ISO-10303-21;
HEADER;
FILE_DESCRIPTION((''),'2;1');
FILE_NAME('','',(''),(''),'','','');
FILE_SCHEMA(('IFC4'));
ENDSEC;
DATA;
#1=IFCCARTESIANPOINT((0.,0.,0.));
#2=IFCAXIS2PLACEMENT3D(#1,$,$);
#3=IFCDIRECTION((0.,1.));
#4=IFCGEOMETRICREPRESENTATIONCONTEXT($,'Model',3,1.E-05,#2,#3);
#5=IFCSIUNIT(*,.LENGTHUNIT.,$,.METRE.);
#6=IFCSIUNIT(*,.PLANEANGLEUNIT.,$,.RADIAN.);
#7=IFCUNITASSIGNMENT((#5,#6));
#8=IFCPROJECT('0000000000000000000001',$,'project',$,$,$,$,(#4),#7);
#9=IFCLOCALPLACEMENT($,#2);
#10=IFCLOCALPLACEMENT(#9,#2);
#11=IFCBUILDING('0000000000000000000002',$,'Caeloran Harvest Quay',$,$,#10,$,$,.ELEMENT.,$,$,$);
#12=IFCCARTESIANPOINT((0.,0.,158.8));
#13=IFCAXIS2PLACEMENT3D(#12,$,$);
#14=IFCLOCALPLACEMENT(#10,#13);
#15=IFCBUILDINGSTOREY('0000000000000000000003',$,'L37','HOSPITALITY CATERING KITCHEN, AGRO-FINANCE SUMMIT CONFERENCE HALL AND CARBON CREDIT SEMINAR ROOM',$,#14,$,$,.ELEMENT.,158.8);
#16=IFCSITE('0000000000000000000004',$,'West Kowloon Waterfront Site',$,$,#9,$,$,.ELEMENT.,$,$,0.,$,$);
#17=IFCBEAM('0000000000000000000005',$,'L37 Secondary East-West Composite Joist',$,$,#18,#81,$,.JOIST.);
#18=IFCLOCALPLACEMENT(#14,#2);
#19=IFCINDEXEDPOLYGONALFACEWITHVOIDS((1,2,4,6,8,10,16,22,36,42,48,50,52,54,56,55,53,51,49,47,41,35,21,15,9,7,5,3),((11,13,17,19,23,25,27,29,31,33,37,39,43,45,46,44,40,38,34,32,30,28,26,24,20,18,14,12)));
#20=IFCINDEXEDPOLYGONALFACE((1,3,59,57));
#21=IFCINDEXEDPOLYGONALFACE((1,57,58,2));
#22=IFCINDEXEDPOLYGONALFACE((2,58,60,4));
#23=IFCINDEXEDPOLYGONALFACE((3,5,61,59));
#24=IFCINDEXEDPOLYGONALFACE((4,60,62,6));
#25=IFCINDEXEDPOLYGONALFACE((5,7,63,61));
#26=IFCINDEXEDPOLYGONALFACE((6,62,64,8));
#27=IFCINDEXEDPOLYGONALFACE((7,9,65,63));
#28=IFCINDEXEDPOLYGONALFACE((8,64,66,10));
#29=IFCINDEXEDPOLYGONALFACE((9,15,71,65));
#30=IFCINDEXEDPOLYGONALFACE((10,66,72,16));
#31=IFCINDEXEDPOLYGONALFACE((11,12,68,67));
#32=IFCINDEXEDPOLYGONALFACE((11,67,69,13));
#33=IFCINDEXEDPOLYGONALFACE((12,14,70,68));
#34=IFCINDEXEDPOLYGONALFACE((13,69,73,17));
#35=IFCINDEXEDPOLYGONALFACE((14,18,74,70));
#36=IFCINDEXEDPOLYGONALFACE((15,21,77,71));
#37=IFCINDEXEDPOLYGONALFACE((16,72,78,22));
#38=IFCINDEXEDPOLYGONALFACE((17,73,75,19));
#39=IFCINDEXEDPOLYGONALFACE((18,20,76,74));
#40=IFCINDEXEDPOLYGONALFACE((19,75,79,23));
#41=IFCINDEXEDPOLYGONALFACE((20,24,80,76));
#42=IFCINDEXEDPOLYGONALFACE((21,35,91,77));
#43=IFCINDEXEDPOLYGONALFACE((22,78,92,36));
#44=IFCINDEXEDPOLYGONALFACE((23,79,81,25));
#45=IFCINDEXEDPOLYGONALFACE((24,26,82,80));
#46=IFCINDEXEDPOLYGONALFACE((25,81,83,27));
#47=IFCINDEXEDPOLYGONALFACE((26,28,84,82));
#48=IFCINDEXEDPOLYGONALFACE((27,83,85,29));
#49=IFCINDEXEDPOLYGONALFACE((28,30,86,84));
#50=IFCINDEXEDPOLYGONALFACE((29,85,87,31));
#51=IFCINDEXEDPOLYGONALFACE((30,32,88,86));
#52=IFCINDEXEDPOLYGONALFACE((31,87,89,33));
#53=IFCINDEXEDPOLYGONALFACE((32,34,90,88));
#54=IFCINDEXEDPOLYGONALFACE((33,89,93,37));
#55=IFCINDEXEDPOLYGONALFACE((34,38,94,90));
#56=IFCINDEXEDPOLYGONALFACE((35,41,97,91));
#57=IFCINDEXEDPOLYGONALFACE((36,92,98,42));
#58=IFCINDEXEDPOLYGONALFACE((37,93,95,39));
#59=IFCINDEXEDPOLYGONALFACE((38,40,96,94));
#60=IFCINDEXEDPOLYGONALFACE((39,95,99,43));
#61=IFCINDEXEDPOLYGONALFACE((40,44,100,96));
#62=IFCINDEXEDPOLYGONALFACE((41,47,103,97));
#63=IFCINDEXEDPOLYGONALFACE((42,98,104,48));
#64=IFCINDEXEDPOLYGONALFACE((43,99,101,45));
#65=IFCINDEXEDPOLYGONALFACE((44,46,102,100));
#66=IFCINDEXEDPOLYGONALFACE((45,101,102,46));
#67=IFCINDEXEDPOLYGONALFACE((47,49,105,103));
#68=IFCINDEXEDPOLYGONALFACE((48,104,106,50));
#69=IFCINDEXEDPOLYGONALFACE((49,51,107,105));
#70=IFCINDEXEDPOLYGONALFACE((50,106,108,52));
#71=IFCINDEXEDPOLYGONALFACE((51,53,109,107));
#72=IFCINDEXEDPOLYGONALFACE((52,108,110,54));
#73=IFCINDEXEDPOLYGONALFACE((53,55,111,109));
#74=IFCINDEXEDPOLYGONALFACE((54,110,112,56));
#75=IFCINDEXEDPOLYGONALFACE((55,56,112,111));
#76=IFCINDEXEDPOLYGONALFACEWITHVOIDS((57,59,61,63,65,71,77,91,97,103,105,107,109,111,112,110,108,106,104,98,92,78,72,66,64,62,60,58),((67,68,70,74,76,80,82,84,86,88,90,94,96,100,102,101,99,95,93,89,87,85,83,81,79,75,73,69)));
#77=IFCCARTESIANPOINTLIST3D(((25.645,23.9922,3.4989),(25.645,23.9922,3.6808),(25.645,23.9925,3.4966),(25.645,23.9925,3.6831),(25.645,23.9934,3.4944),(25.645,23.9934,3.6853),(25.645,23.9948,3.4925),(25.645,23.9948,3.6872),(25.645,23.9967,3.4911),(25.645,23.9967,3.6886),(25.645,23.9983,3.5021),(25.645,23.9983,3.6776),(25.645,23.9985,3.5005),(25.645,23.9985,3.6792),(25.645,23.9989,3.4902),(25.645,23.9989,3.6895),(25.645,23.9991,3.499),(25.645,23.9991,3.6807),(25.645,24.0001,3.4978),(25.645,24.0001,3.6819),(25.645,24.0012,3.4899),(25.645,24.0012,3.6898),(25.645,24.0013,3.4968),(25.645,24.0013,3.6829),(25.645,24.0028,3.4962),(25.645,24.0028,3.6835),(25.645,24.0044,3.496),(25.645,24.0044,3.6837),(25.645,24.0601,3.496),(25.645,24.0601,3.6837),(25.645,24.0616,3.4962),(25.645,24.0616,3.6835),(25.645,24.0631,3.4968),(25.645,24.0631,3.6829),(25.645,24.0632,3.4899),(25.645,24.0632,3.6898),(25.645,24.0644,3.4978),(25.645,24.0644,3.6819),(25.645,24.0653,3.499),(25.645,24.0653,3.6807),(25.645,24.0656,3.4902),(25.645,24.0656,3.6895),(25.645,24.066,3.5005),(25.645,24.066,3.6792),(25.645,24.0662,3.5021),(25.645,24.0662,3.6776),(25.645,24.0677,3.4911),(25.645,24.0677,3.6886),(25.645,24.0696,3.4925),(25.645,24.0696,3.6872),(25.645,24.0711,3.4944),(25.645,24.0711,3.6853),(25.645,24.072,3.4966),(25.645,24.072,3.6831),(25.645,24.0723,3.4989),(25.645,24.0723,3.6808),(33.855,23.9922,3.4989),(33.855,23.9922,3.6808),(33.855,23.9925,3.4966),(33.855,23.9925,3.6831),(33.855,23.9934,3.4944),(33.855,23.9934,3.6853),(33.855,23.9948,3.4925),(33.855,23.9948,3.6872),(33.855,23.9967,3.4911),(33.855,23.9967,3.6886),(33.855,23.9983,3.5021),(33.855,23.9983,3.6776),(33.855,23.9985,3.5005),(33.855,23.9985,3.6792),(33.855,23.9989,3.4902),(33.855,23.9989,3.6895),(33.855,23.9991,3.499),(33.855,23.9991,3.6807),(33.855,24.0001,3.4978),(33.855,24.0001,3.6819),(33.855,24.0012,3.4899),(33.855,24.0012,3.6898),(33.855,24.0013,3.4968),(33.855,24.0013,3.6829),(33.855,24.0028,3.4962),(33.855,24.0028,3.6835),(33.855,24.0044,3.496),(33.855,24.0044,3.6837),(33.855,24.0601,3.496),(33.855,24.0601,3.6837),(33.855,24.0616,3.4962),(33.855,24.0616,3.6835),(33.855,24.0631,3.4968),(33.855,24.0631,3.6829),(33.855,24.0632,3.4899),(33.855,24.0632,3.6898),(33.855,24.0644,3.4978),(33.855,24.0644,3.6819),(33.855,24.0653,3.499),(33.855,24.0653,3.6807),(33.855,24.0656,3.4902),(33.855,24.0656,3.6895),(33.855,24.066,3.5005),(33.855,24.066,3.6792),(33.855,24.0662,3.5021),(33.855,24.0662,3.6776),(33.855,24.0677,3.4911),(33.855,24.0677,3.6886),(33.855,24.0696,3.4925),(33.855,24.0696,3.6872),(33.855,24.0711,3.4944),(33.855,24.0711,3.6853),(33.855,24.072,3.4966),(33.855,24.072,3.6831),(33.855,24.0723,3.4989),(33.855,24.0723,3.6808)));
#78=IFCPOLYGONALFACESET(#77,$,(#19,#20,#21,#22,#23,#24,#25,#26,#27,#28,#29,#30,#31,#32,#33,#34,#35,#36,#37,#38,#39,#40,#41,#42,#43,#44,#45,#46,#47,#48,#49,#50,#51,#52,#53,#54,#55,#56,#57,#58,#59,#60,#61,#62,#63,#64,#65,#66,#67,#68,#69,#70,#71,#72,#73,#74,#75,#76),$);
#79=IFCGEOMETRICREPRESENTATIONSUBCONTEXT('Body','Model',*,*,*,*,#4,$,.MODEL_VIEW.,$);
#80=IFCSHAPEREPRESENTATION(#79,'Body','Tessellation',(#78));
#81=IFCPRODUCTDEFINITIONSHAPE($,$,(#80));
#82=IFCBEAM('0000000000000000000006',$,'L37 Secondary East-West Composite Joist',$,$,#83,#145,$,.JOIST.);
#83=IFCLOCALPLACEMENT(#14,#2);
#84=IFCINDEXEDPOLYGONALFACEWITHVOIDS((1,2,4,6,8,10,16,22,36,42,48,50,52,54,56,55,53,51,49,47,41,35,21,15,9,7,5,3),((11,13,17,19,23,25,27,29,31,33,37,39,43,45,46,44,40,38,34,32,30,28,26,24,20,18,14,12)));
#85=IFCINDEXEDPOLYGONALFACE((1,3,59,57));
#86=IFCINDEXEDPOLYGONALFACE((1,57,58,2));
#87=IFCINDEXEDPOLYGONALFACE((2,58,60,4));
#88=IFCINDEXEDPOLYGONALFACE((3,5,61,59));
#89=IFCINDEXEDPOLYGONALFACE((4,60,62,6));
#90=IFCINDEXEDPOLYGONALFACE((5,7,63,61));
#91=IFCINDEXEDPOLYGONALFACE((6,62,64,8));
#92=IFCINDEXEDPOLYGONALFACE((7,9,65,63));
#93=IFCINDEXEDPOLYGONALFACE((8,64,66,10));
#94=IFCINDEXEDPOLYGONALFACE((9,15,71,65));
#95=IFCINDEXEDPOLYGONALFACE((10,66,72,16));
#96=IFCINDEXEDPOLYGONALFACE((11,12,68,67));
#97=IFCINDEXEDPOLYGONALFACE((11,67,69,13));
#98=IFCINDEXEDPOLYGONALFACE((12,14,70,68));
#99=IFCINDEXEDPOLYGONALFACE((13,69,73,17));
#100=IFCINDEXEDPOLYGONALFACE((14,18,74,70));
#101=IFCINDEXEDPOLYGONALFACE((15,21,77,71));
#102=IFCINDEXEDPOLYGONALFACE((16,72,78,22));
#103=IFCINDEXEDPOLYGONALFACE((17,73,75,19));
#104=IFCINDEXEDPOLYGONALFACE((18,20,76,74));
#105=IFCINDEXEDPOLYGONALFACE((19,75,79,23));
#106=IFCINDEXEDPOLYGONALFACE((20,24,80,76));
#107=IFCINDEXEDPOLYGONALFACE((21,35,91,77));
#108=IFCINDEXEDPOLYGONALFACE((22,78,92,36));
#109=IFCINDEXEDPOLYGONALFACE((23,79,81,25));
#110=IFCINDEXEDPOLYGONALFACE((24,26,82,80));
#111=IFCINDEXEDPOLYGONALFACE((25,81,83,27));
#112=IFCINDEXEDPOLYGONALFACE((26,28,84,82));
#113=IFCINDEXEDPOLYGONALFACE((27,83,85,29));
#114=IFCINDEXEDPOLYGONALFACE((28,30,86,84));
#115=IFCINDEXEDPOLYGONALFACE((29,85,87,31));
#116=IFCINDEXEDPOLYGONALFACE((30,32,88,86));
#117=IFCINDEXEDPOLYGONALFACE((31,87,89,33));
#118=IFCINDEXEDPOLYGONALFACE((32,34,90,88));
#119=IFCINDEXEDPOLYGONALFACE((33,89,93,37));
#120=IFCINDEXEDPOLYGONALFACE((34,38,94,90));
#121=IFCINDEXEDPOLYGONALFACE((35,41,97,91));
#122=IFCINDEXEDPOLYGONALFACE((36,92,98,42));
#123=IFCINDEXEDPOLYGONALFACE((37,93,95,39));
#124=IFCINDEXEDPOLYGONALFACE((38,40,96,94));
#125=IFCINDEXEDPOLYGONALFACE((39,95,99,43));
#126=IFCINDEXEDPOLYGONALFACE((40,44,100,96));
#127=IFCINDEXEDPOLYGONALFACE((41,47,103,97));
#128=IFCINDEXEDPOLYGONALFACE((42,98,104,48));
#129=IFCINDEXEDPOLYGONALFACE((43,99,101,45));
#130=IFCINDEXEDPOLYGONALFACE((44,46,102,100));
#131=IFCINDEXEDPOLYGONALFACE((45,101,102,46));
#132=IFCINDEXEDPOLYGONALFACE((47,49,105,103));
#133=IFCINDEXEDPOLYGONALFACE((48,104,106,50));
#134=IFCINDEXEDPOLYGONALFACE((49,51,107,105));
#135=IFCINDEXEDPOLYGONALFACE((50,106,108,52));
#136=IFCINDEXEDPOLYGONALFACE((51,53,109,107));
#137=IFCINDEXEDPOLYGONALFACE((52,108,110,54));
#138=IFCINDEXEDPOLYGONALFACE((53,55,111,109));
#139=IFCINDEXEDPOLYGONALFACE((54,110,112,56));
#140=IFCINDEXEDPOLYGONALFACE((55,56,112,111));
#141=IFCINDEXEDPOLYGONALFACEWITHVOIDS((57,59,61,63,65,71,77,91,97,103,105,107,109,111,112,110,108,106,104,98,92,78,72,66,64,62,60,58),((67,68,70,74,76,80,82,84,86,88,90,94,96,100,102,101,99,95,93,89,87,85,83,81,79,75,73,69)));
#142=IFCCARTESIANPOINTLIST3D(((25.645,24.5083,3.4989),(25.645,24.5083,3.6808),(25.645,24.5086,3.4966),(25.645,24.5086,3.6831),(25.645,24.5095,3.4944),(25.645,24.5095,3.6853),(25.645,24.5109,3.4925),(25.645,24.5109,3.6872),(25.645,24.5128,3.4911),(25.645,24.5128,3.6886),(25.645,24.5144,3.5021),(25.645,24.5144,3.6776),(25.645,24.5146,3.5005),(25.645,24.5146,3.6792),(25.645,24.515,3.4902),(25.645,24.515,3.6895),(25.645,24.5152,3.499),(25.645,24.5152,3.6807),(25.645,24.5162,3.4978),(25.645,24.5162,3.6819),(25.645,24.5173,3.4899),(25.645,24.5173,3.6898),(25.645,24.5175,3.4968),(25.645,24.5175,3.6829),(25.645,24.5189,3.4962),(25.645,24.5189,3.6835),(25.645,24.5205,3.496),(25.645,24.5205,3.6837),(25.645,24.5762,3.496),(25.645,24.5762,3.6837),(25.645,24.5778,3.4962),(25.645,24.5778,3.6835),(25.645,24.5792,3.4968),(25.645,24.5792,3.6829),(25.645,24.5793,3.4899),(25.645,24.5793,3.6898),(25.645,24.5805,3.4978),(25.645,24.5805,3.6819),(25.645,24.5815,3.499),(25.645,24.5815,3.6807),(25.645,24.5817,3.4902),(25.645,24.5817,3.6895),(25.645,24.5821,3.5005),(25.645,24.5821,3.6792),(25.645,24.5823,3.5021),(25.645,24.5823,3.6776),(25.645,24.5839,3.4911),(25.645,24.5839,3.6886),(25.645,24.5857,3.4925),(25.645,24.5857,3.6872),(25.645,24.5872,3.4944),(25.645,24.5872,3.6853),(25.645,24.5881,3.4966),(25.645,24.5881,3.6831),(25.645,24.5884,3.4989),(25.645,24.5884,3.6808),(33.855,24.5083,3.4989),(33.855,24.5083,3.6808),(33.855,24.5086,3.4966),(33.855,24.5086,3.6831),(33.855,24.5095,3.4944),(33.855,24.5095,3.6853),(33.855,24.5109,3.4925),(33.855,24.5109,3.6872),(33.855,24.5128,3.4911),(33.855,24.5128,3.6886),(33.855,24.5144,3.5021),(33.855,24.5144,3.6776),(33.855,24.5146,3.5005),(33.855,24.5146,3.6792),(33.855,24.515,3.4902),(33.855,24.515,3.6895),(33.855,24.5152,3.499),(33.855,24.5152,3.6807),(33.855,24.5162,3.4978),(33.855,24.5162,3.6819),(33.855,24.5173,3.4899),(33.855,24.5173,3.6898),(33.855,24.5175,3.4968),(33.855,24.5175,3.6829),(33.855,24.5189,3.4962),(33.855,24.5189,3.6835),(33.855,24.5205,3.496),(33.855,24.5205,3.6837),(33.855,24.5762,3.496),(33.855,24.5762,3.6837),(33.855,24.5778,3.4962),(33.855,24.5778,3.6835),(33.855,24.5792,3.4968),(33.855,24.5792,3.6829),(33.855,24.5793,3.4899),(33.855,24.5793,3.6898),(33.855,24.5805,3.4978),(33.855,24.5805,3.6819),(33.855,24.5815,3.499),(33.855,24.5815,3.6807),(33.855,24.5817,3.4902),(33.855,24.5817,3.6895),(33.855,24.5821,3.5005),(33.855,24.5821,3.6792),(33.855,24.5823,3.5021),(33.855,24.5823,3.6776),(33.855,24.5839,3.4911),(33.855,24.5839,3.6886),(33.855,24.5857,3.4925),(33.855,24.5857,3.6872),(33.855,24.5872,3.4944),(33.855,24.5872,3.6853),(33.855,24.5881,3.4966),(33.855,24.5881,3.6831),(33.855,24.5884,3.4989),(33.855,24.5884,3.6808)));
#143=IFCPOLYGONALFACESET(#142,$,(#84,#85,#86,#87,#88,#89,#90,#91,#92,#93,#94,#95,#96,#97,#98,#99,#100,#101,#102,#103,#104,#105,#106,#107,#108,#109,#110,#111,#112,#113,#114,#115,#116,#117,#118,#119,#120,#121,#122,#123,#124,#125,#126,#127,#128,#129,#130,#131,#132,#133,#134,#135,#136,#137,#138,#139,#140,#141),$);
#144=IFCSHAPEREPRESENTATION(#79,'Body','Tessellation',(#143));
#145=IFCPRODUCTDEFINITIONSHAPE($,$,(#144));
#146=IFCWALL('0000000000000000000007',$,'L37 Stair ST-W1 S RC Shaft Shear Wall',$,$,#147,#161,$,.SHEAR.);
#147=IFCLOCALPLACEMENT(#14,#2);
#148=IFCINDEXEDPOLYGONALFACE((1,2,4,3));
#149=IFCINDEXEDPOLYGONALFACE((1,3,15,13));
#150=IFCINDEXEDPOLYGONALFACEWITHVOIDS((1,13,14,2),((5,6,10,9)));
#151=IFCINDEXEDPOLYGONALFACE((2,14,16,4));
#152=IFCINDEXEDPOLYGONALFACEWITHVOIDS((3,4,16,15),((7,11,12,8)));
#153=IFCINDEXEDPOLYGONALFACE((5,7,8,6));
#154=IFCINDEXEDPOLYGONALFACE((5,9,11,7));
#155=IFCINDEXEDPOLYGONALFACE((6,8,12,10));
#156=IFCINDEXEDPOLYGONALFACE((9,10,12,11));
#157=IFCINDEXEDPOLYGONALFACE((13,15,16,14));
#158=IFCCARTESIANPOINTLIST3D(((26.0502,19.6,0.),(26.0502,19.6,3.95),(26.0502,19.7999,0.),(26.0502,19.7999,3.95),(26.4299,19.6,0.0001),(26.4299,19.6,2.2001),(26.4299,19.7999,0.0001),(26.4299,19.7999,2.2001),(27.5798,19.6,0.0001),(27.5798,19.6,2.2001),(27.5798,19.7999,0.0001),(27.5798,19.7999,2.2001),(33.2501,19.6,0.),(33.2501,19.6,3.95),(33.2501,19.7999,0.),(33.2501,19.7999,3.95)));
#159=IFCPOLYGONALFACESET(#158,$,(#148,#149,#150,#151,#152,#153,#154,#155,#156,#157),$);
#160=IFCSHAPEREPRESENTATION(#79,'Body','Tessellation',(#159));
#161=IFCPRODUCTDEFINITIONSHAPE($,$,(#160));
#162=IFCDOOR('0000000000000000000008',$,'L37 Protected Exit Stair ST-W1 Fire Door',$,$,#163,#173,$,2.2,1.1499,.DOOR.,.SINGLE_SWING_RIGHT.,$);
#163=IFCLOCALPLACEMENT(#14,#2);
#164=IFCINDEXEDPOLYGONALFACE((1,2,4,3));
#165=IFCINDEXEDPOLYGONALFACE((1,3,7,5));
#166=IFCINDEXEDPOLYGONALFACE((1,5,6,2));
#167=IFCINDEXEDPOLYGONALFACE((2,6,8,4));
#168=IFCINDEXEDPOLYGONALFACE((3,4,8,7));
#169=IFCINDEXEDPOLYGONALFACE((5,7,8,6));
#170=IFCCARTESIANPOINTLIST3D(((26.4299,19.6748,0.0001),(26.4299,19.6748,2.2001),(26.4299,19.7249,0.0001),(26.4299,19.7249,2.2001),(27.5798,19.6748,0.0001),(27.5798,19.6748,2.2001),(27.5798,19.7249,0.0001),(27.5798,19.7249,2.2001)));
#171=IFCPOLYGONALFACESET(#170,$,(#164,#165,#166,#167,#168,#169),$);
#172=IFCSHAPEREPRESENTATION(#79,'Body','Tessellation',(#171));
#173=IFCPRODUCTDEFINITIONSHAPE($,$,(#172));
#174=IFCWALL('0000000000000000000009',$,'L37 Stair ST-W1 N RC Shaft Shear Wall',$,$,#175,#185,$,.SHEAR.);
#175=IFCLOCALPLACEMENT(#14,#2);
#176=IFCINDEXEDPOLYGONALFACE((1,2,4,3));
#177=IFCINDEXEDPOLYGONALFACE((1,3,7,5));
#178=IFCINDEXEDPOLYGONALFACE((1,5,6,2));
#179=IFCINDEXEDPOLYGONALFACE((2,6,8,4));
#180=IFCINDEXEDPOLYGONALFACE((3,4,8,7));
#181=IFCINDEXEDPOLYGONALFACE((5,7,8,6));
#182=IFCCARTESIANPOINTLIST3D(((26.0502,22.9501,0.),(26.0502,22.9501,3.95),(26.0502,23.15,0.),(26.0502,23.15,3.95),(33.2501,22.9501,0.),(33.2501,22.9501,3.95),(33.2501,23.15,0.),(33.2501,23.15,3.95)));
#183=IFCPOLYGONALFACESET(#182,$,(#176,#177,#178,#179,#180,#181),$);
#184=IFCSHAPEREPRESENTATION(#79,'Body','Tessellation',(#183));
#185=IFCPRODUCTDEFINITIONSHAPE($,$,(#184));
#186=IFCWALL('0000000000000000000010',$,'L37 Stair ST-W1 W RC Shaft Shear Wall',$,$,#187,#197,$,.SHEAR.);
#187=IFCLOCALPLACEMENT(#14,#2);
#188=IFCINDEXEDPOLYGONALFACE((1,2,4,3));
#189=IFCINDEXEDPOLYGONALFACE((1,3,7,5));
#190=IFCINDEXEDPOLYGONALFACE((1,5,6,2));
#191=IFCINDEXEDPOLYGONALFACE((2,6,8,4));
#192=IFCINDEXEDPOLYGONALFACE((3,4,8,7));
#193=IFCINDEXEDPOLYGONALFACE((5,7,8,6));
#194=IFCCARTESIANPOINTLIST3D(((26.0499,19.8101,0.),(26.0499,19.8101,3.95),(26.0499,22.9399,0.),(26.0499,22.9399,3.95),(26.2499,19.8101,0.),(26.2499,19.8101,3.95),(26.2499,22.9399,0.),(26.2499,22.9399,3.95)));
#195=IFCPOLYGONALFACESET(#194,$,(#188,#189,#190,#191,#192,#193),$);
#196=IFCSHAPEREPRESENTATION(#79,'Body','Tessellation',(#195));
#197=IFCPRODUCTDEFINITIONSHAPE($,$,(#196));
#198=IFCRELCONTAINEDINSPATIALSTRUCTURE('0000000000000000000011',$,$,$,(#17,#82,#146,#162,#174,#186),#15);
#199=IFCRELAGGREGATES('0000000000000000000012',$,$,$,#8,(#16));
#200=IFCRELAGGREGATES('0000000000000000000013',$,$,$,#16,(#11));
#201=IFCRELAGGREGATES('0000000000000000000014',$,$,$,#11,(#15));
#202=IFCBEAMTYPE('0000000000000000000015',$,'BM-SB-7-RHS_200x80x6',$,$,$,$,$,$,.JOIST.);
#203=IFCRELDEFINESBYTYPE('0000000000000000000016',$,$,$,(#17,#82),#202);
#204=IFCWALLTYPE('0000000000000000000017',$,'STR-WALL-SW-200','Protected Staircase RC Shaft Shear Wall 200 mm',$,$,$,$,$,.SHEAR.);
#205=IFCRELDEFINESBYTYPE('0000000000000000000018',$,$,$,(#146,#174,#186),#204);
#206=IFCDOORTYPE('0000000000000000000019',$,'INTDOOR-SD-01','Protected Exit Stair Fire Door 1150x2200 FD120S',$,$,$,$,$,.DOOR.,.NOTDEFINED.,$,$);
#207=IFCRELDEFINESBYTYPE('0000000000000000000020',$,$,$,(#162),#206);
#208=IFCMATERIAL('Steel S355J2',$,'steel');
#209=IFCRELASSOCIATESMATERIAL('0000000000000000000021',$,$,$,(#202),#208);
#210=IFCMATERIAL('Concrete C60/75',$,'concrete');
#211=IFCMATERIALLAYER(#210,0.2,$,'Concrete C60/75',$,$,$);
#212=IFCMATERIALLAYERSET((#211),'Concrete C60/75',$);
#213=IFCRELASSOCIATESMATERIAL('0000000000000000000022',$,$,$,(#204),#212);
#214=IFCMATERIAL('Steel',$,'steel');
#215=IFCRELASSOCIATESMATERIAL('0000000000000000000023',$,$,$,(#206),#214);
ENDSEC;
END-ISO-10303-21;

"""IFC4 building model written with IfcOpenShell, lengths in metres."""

from ifc_helpers import new_model, si_unit, direction, frame, frame_2d, origin, origin_2d, place, context, subcontext, project, spatial, rectangle, hollow_rectangle, extrude, material, layer, layer_set, material_profile, profile_set, type_object, element, fill, save


model = new_model("IFC4")

# Units and contexts
model_context = context("Model", 3, precision=1e-05, world=origin(), true_north=direction((0.0, 1.0)))
body_context = subcontext(model_context, "Body", "Model", "MODEL_VIEW")
ifc_project = project(units=[si_unit("LENGTHUNIT", "METRE"), si_unit("PLANEANGLEUNIT", "RADIAN")], contexts=[model_context])

# Site, building, storey
site_placement = place(None, origin())
site = spatial("IfcSite", under=ifc_project, at=site_placement, Name="West Kowloon Waterfront Site", CompositionType="ELEMENT", RefElevation=0.0)
building_placement = place(site_placement, origin())
building = spatial("IfcBuilding", under=site, at=building_placement, Name="Caeloran Harvest Quay", CompositionType="ELEMENT")
storey_placement = place(building_placement, frame((0.0, 0.0, 158.8)))
storey = spatial("IfcBuildingStorey", under=building, at=storey_placement, Name="L37", Description="HOSPITALITY CATERING KITCHEN, AGRO-FINANCE SUMMIT CONFERENCE HALL AND CARBON CREDIT SEMINAR ROOM", CompositionType="ELEMENT", Elevation=158.8)

# Beams
ifc_material_1 = material(Name="Steel S355J2", Category="steel")
ifc_material_profile_1 = material_profile(ifc_material_1, hollow_rectangle(XDim=0.0801, YDim=0.2, WallThickness=0.0061, InnerFilletRadius=0.0061, OuterFilletRadius=0.009, at=origin_2d()), Name="RHS 200x80x6")
ifc_profile_set_1 = profile_set([ifc_material_profile_1], Name="Steel S355J2")
beam_type_1 = type_object("IfcBeamType", Name="BM-SB-7-RHS_200x80x6", PredefinedType="JOIST", material=ifc_profile_set_1)
for number, where, z_axis, x_axis, name in (
    (1, (25.645, 24.0322, 3.5898), (1.0, 0.0, 0.0), (0.0, 1.0, 0.0), "L37 Secondary East-West Composite Joist"),
    (2, (25.645, 24.5483, 3.5898), (1.0, 0.0, 0.0), (0.0, 1.0, 0.0), "L37 Secondary East-West Composite Joist"),
):
    element("IfcBeam", number, at=place(storey_placement, frame(where, z_axis=z_axis, x_axis=x_axis)), inside=storey, type_object=beam_type_1, Name=name, PredefinedType="JOIST", context=body_context, shape_type="SweptSolid", body=[
        extrude(hollow_rectangle(XDim=0.0801, YDim=0.2, WallThickness=0.0061, InnerFilletRadius=0.0061, OuterFilletRadius=0.009, at=origin_2d()), origin(), (0.0, 0.0, 1.0), 8.21),
    ])

# Wall, opening, door
ifc_material_2 = material(Name="Concrete C60/75", Category="concrete")
ifc_layer_1 = layer(ifc_material_2, 0.2, Name="Concrete C60/75")
ifc_layer_set_1 = layer_set([ifc_layer_1], Name="Concrete C60/75")
wall_type_1 = type_object("IfcWallType", Name="STR-WALL-SW-200", Description="Protected Staircase RC Shaft Shear Wall 200 mm", PredefinedType="SHEAR", material=ifc_layer_set_1)
wall_1_placement = place(storey_placement, frame((26.05, 19.7, 0.0), z_axis=(0.0, 0.0, 1.0), x_axis=(1.0, 0.0, 0.0)))
wall_1 = element("IfcWall", 3, at=wall_1_placement, inside=storey, type_object=wall_type_1, Name="L37 Stair ST-W1 S RC Shaft Shear Wall", PredefinedType="SHEAR", context=body_context, shape_type="SweptSolid", body=[
    extrude(rectangle(XDim=7.2, YDim=0.2, at=frame_2d((3.6001, 0.0))), origin(), (0.0, 0.0, 1.0), 3.95),
])
opening_1_placement = place(wall_1_placement, frame((0.3799, 0.0, 0.0)))
opening_1 = element("IfcOpeningElement", 4, at=opening_1_placement, cuts=wall_1, PredefinedType="OPENING", context=body_context, shape_type="SweptSolid", body=[
    extrude(rectangle(XDim=1.1499, YDim=2.2, at=frame_2d((0.575, 1.1001))), frame((0.0, 0.1099, 0.0), z_axis=(0.0, -1.0, 0.0), x_axis=(1.0, 0.0, 0.0)), (0.0, 0.0, 1.0), 0.22),
])
ifc_material_3 = material(Name="Steel", Category="steel")
door_type_1 = type_object("IfcDoorType", Name="INTDOOR-SD-01", Description="Protected Exit Stair Fire Door 1150x2200 FD120S", OperationType="NOTDEFINED", PredefinedType="DOOR", material=ifc_material_3)
door_1_placement = place(opening_1_placement, origin())
door_1 = element("IfcDoor", 5, at=door_1_placement, inside=storey, type_object=door_type_1, Name="L37 Protected Exit Stair ST-W1 Fire Door", OperationType="SINGLE_SWING_RIGHT", OverallHeight=2.2, OverallWidth=1.1499, PredefinedType="DOOR", context=body_context, shape_type="SweptSolid", body=[
    extrude(rectangle(XDim=1.1499, YDim=2.2, at=frame_2d((0.575, 1.1001))), frame((0.0, 0.0249, 0.0), z_axis=(0.0, -1.0, 0.0), x_axis=(1.0, 0.0, 0.0)), (0.0, 0.0, 1.0), 0.05),
])
fill(opening_1, door_1)

# Walls
wall_2_placement = place(storey_placement, frame((26.05, 23.05, 0.0), z_axis=(0.0, 0.0, 1.0), x_axis=(1.0, 0.0, 0.0)))
element("IfcWall", 6, at=wall_2_placement, inside=storey, type_object=wall_type_1, Name="L37 Stair ST-W1 N RC Shaft Shear Wall", PredefinedType="SHEAR", context=body_context, shape_type="SweptSolid", body=[
    extrude(rectangle(XDim=7.2, YDim=0.2, at=frame_2d((3.6001, 0.0))), origin(), (0.0, 0.0, 1.0), 3.95),
])
wall_3_placement = place(storey_placement, frame((26.1499, 19.8101, 0.0), z_axis=(0.0, 0.0, 1.0), x_axis=(0.0, 1.0, 0.0)))
element("IfcWall", 7, at=wall_3_placement, inside=storey, type_object=wall_type_1, Name="L37 Stair ST-W1 W RC Shaft Shear Wall", PredefinedType="SHEAR", context=body_context, shape_type="SweptSolid", body=[
    extrude(rectangle(XDim=3.1299, YDim=0.2, at=frame_2d((1.5649, 0.0))), origin(), (0.0, 0.0, 1.0), 3.95),
])

save(model, "model.ifc")
